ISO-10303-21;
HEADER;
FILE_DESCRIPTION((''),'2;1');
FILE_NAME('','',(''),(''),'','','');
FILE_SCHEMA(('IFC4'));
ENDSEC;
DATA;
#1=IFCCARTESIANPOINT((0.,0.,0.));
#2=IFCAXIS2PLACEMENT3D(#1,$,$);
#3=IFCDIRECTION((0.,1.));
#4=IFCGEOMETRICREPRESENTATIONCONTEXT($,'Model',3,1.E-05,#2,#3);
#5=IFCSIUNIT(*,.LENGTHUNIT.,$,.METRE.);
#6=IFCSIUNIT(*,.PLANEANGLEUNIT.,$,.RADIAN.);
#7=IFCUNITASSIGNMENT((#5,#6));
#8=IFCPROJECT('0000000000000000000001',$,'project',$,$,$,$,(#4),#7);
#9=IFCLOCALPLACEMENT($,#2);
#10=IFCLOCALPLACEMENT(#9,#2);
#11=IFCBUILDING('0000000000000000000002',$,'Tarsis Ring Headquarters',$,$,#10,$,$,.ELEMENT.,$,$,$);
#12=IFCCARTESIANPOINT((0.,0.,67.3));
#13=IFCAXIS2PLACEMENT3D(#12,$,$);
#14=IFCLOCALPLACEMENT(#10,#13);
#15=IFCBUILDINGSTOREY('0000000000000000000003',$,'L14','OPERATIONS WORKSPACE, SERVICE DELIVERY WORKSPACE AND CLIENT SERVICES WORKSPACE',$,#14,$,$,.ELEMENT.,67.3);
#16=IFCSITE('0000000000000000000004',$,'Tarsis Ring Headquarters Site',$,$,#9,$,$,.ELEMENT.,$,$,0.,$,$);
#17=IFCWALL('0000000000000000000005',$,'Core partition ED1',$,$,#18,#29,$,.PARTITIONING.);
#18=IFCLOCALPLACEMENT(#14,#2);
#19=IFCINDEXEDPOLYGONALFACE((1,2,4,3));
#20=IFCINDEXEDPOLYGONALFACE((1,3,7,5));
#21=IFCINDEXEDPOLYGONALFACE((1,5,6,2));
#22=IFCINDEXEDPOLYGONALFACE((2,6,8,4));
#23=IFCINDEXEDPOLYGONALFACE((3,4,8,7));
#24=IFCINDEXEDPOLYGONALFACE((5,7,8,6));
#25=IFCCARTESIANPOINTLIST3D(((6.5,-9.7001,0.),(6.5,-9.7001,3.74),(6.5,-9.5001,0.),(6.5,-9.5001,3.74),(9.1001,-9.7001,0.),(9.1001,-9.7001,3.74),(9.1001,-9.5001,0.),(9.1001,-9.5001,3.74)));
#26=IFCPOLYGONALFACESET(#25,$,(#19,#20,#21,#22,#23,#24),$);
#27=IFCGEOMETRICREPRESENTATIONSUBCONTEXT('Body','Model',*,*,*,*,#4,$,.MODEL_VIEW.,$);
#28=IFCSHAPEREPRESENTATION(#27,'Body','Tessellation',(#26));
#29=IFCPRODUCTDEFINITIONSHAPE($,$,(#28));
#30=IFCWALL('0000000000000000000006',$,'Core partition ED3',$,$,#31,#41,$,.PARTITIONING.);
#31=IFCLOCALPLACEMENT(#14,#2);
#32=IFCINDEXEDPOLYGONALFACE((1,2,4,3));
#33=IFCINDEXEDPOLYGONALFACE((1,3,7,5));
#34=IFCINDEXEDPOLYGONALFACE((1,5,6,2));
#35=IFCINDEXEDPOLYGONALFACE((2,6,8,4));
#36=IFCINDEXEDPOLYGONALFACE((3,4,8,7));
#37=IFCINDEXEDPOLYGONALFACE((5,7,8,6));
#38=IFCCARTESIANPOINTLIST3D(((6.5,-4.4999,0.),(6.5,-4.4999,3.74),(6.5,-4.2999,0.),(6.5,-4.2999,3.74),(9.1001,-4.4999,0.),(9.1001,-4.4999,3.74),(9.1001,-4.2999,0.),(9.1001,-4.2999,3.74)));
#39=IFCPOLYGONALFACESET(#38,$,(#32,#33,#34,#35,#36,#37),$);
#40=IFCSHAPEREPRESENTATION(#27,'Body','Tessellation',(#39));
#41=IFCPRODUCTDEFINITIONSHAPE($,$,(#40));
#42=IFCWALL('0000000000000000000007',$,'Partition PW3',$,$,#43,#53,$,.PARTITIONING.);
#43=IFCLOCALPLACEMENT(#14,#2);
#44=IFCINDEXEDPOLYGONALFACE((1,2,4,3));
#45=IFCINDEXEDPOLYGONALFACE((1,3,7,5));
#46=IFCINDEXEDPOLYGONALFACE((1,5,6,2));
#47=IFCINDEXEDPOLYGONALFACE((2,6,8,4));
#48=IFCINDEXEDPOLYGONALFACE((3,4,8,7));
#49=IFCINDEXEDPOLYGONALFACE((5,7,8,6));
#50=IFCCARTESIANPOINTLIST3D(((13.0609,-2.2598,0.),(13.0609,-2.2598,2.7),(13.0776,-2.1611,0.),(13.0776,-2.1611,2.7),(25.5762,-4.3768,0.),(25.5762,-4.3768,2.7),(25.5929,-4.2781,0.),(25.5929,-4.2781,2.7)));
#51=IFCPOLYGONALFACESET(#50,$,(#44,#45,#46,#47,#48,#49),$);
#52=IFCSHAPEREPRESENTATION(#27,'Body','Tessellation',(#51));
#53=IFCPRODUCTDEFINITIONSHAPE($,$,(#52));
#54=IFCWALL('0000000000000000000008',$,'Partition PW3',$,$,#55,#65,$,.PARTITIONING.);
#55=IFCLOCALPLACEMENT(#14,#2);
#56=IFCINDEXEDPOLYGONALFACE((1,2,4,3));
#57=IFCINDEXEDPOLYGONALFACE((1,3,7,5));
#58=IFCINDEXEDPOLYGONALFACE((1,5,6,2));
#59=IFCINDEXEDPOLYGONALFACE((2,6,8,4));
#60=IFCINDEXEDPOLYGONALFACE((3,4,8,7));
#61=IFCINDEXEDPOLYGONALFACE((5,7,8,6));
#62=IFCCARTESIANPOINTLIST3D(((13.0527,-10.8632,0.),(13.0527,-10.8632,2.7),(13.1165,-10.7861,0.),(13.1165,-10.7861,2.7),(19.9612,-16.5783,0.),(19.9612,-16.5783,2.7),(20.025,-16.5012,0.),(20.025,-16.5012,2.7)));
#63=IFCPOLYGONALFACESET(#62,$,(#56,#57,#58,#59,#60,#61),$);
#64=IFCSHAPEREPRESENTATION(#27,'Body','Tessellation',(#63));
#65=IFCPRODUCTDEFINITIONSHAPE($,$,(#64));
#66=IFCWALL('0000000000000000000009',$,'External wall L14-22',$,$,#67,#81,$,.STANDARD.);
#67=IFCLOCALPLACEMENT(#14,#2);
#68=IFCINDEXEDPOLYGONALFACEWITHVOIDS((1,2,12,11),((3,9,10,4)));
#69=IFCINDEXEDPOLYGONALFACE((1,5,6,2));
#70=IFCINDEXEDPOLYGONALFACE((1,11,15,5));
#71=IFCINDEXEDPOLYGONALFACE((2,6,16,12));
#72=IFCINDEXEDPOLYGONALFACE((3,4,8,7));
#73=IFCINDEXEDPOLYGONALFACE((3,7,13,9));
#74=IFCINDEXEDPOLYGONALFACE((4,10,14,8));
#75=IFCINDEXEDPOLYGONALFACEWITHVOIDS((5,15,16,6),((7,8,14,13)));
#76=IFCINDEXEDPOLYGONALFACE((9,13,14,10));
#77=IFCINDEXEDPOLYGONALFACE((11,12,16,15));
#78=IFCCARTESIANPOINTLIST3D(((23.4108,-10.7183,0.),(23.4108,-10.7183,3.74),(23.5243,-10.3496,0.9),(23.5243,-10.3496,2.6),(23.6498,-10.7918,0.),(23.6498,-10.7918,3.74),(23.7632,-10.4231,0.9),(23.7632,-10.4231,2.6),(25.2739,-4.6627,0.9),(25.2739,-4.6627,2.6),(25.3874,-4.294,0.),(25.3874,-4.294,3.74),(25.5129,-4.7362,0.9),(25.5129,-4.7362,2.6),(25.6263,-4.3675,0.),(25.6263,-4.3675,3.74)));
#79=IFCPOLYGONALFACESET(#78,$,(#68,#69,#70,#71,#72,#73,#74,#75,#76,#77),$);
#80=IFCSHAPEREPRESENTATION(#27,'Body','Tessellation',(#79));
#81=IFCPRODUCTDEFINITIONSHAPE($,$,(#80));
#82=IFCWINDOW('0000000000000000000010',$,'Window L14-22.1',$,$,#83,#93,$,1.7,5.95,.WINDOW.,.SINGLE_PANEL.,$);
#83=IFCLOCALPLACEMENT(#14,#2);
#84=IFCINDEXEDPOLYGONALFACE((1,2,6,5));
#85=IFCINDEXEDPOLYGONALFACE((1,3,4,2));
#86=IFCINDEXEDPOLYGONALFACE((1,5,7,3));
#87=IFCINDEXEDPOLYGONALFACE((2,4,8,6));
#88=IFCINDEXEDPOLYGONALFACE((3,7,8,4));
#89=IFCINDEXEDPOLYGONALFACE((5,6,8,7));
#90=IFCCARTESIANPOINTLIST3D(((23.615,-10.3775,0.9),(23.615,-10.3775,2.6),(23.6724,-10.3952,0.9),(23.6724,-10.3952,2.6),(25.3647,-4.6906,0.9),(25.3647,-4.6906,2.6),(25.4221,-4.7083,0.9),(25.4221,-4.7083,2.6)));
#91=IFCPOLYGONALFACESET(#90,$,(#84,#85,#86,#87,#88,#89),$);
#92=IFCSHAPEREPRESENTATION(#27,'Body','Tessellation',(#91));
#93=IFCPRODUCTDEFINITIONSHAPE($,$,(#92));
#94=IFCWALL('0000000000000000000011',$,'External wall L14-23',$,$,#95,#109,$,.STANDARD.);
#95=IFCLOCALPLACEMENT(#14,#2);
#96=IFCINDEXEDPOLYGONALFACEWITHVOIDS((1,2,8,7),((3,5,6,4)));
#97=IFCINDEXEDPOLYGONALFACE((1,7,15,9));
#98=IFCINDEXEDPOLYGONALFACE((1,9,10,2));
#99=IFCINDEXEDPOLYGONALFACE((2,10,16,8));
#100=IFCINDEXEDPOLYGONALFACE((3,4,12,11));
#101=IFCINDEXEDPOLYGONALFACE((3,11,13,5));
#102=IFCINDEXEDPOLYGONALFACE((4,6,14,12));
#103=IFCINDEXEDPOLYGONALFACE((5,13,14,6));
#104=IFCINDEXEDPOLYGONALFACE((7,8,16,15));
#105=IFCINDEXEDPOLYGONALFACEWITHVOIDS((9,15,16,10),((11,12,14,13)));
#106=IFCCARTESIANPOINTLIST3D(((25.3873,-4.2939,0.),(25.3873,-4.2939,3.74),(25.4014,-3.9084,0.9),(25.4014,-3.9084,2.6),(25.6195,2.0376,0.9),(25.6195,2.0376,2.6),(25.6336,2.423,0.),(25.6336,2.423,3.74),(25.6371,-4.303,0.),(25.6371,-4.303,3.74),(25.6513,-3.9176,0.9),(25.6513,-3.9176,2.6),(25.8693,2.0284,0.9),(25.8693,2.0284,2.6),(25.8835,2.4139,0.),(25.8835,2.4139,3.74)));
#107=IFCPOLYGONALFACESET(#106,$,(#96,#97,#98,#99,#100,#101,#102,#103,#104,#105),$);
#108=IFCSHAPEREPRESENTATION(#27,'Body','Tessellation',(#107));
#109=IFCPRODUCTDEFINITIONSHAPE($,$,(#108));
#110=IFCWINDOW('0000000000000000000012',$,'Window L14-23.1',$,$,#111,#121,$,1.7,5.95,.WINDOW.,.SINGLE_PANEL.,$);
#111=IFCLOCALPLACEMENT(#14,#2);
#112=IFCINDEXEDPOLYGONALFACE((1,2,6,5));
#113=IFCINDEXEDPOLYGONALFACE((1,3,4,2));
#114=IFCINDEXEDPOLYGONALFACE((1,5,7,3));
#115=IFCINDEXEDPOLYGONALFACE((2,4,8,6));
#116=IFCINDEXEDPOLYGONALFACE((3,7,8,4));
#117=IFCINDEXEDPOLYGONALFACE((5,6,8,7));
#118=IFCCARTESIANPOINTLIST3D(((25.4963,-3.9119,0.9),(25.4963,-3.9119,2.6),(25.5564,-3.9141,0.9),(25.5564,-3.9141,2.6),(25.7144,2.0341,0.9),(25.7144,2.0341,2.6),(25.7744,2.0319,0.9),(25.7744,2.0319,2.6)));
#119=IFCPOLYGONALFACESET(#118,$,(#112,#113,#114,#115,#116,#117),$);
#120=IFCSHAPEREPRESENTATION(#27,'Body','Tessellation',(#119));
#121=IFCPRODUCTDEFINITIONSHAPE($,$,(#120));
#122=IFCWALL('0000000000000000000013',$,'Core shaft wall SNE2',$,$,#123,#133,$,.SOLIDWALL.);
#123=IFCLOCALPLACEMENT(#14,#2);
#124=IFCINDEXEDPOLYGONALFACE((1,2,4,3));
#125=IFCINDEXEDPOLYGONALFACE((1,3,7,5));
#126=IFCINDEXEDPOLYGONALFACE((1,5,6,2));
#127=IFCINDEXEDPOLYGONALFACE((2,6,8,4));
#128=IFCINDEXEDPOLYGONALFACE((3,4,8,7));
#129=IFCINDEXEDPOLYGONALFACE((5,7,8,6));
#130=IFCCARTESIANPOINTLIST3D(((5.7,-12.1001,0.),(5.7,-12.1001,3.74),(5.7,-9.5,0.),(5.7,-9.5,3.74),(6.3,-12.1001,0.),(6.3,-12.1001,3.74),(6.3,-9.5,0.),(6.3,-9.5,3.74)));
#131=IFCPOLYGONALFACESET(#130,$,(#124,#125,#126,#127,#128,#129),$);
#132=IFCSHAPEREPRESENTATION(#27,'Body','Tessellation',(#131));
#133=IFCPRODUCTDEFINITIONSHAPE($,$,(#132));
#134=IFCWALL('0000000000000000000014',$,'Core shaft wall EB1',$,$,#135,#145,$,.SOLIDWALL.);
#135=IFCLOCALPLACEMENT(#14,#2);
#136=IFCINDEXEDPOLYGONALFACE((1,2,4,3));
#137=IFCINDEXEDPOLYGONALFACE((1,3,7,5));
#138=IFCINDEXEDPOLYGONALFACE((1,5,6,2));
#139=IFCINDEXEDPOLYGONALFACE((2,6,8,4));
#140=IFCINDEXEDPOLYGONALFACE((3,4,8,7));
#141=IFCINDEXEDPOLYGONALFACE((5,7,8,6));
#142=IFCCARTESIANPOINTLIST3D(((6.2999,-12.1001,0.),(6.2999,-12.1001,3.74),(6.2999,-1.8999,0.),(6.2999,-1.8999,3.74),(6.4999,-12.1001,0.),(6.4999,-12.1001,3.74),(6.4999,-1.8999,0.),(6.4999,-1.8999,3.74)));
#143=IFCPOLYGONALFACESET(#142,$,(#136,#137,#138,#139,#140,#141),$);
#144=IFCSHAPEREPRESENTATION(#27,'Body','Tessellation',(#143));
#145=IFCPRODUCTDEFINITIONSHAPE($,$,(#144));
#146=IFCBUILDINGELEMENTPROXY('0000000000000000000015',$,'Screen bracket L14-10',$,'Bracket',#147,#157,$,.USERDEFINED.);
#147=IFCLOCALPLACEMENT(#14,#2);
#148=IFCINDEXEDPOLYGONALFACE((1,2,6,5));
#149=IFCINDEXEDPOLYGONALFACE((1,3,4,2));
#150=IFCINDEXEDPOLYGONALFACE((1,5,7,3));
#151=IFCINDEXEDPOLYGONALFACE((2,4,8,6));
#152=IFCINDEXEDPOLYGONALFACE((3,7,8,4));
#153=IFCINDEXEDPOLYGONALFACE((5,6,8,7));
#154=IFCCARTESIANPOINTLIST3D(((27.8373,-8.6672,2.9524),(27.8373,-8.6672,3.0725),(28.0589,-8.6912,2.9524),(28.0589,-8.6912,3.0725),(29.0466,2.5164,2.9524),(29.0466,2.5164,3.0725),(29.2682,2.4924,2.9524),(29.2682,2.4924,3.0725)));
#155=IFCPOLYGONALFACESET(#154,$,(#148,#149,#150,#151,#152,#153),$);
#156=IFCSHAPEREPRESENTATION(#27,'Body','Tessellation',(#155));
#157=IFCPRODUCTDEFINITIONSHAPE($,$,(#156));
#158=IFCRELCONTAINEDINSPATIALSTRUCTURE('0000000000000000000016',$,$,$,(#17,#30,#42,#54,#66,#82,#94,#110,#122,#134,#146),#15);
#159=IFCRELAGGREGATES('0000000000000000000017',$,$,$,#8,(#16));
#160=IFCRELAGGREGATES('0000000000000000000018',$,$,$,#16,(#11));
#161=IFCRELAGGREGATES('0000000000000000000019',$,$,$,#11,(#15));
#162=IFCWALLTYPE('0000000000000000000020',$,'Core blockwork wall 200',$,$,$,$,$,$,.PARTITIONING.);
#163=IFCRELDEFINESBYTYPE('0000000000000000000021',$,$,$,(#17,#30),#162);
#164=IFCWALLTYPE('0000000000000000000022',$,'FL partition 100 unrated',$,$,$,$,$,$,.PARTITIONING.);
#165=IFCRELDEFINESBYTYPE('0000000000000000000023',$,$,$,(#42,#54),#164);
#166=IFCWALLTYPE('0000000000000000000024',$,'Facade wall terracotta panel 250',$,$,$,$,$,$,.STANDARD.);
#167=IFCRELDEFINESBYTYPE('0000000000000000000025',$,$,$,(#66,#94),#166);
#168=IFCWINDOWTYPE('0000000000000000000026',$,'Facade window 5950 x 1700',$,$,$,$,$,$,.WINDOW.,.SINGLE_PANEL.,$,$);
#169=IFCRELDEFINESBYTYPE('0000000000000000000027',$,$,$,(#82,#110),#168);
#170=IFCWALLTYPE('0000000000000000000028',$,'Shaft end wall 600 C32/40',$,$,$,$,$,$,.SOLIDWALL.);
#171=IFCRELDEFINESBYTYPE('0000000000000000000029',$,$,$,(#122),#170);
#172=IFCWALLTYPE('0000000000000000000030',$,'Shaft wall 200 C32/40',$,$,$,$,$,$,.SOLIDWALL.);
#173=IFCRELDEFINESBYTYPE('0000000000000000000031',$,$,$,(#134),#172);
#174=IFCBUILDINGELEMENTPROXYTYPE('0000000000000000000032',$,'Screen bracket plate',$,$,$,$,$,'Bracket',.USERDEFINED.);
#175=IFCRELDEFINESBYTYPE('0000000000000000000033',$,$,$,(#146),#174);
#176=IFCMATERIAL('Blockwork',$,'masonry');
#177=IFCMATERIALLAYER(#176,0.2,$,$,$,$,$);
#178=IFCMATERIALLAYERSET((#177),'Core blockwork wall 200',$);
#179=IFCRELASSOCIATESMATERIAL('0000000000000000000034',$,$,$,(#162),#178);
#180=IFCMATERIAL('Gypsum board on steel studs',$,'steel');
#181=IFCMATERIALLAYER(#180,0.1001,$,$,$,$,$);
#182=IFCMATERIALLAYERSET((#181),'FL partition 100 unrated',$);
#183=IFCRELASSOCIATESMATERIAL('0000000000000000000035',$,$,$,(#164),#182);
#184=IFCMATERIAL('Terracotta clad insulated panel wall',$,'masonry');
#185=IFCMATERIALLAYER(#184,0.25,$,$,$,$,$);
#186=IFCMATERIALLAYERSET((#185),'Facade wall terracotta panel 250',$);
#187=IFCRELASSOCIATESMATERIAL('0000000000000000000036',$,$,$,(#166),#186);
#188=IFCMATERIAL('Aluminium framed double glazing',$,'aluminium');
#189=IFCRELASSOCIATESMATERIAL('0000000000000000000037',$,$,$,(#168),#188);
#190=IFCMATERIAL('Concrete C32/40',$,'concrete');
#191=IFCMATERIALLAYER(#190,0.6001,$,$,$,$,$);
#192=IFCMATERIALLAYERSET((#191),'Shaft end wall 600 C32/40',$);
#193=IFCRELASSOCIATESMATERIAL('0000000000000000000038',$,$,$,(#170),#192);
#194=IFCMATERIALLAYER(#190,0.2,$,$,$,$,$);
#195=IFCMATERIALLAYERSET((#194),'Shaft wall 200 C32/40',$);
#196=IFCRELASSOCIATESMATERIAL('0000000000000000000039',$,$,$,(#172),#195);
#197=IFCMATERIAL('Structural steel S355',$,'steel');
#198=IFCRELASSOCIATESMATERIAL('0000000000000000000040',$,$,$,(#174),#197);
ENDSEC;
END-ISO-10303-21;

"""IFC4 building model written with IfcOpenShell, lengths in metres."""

from ifc_helpers import new_model, si_unit, direction, frame, frame_2d, origin, origin_2d, place, context, subcontext, project, spatial, rectangle, extrude, material, layer, layer_set, type_object, element, fill, save


model = new_model("IFC4")

# Units and contexts
model_context = context("Model", 3, precision=1e-05, world=origin(), true_north=direction((0.0, 1.0)))
body_context = subcontext(model_context, "Body", "Model", "MODEL_VIEW")
ifc_project = project(units=[si_unit("LENGTHUNIT", "METRE"), si_unit("PLANEANGLEUNIT", "RADIAN")], contexts=[model_context])

# Site, building, storey
site_placement = place(None, origin())
site = spatial("IfcSite", under=ifc_project, at=site_placement, Name="Tarsis Ring Headquarters Site", CompositionType="ELEMENT", RefElevation=0.0)
building_placement = place(site_placement, origin())
building = spatial("IfcBuilding", under=site, at=building_placement, Name="Tarsis Ring Headquarters", CompositionType="ELEMENT")
storey_placement = place(building_placement, frame((0.0, 0.0, 67.3)))
storey = spatial("IfcBuildingStorey", under=building, at=storey_placement, Name="L14", Description="OPERATIONS WORKSPACE, SERVICE DELIVERY WORKSPACE AND CLIENT SERVICES WORKSPACE", CompositionType="ELEMENT", Elevation=67.3)

# Shared definitions
ifc_material_1 = material(Name="Structural steel S355", Category="steel")

# Walls
ifc_material_2 = material(Name="Blockwork", Category="masonry")
ifc_layer_1 = layer(ifc_material_2, 0.2)
ifc_layer_set_1 = layer_set([ifc_layer_1], Name="Core blockwork wall 200")
wall_type_1 = type_object("IfcWallType", Name="Core blockwork wall 200", PredefinedType="PARTITIONING", material=ifc_layer_set_1)
for number, where, z_axis, x_axis, name in (
    (1, (6.5, -9.6001, 0.0), (0.0, 0.0, 1.0), (1.0, 0.0, 0.0), "Core partition ED1"),
    (2, (6.5, -4.3999, 0.0), (0.0, 0.0, 1.0), (1.0, 0.0, 0.0), "Core partition ED3"),
):
    element("IfcWall", number, at=place(storey_placement, frame(where, z_axis=z_axis, x_axis=x_axis)), inside=storey, type_object=wall_type_1, Name=name, PredefinedType="PARTITIONING", context=body_context, shape_type="SweptSolid", body=[
        extrude(rectangle(XDim=2.6001, YDim=0.2, at=frame_2d((1.3, 0.0))), origin(), (0.0, 0.0, 1.0), 3.74),
    ])
ifc_material_3 = material(Name="Gypsum board on steel studs", Category="steel")
ifc_layer_2 = layer(ifc_material_3, 0.1001)
ifc_layer_set_2 = layer_set([ifc_layer_2], Name="FL partition 100 unrated")
wall_type_2 = type_object("IfcWallType", Name="FL partition 100 unrated", PredefinedType="PARTITIONING", material=ifc_layer_set_2)
wall_1_placement = place(storey_placement, frame((13.0691, -2.2104, 0.0), z_axis=(0.0, 0.0, 1.0), x_axis=(0.985994, -0.166778, 0.0)))
element("IfcWall", 3, at=wall_1_placement, inside=storey, type_object=wall_type_2, Name="Partition PW3", PredefinedType="PARTITIONING", context=body_context, shape_type="SweptSolid", body=[
    extrude(rectangle(XDim=12.6931, YDim=0.1001, at=frame_2d((6.3467, 0.0))), origin(), (0.0, 0.0, 1.0), 2.7),
])
wall_2_placement = place(storey_placement, frame((13.0847, -10.8247, 0.0), z_axis=(0.0, 0.0, 1.0), x_axis=(0.770517, -0.637419, 0.0)))
element("IfcWall", 4, at=wall_2_placement, inside=storey, type_object=wall_type_2, Name="Partition PW3", PredefinedType="PARTITIONING", context=body_context, shape_type="SweptSolid", body=[
    extrude(rectangle(XDim=8.9661, YDim=0.1001, at=frame_2d((4.4829, 0.0))), origin(), (0.0, 0.0, 1.0), 2.7),
])

# Walls, openings, windows
ifc_material_4 = material(Name="Terracotta clad insulated panel wall", Category="masonry")
ifc_layer_3 = layer(ifc_material_4, 0.25)
ifc_layer_set_3 = layer_set([ifc_layer_3], Name="Facade wall terracotta panel 250")
wall_type_3 = type_object("IfcWallType", Name="Facade wall terracotta panel 250", PredefinedType="STANDARD", material=ifc_layer_set_3)
wall_3_placement = place(storey_placement, frame((23.5303, -10.7551, 0.0), z_axis=(0.0, 0.0, 1.0), x_axis=(0.294065, 0.955785, 0.0)))
wall_3 = element("IfcWall", 5, at=wall_3_placement, inside=storey, type_object=wall_type_3, Name="External wall L14-22", PredefinedType="STANDARD", context=body_context, shape_type="SweptSolid", body=[
    extrude(rectangle(XDim=6.7214, YDim=0.25, at=frame_2d((3.3608, 0.0))), origin(), (0.0, 0.0, 1.0), 3.74),
])
opening_1_placement = place(wall_3_placement, frame((0.3857, 0.0, 0.8999)))
opening_1 = element("IfcOpeningElement", 6, at=opening_1_placement, cuts=wall_3, PredefinedType="OPENING", context=body_context, shape_type="SweptSolid", body=[
    extrude(rectangle(XDim=5.95, YDim=1.7, at=frame_2d((2.9751, 0.8501))), frame((0.0, 0.135, 0.0), z_axis=(0.0, -1.0, 0.0), x_axis=(1.0, 0.0, 0.0)), (0.0, 0.0, 1.0), 0.27),
])
ifc_material_5 = material(Name="Aluminium framed double glazing", Category="aluminium")
window_type = type_object("IfcWindowType", Name="Facade window 5950 x 1700", PartitioningType="SINGLE_PANEL", PredefinedType="WINDOW", material=ifc_material_5)
window_1_placement = place(opening_1_placement, origin())
window_1 = element("IfcWindow", 7, at=window_1_placement, inside=storey, type_object=window_type, Name="Window L14-22.1", OverallHeight=1.7, OverallWidth=5.95, PartitioningType="SINGLE_PANEL", PredefinedType="WINDOW", context=body_context, shape_type="SweptSolid", body=[
    extrude(rectangle(XDim=5.95, YDim=1.7, at=frame_2d((2.9751, 0.8501))), frame((0.0, 0.03, 0.0), z_axis=(0.0, -1.0, 0.0), x_axis=(1.0, 0.0, 0.0)), (0.0, 0.0, 1.0), 0.0601),
])
fill(opening_1, window_1)
wall_4_placement = place(storey_placement, frame((25.5122, -4.2986, 0.0), z_axis=(0.0, 0.0, 1.0), x_axis=(0.036649, 0.999328, 0.0)))
wall_4 = element("IfcWall", 8, at=wall_4_placement, inside=storey, type_object=wall_type_3, Name="External wall L14-23", PredefinedType="STANDARD", context=body_context, shape_type="SweptSolid", body=[
    extrude(rectangle(XDim=6.7214, YDim=0.25, at=frame_2d((3.3608, 0.0))), origin(), (0.0, 0.0, 1.0), 3.74),
])
opening_2_placement = place(wall_4_placement, frame((0.3857, 0.0, 0.8999)))
opening_2 = element("IfcOpeningElement", 9, at=opening_2_placement, cuts=wall_4, PredefinedType="OPENING", context=body_context, shape_type="SweptSolid", body=[
    extrude(rectangle(XDim=5.95, YDim=1.7, at=frame_2d((2.9751, 0.8501))), frame((0.0, 0.135, 0.0), z_axis=(0.0, -1.0, 0.0), x_axis=(1.0, 0.0, 0.0)), (0.0, 0.0, 1.0), 0.27),
])
window_2_placement = place(opening_2_placement, origin())
window_2 = element("IfcWindow", 10, at=window_2_placement, inside=storey, type_object=window_type, Name="Window L14-23.1", OverallHeight=1.7, OverallWidth=5.95, PartitioningType="SINGLE_PANEL", PredefinedType="WINDOW", context=body_context, shape_type="SweptSolid", body=[
    extrude(rectangle(XDim=5.95, YDim=1.7, at=frame_2d((2.9751, 0.8501))), frame((0.0, 0.03, 0.0), z_axis=(0.0, -1.0, 0.0), x_axis=(1.0, 0.0, 0.0)), (0.0, 0.0, 1.0), 0.0601),
])
fill(opening_2, window_2)

# Walls
ifc_material_6 = material(Name="Concrete C32/40", Category="concrete")
ifc_layer_4 = layer(ifc_material_6, 0.6001)
ifc_layer_set_4 = layer_set([ifc_layer_4], Name="Shaft end wall 600 C32/40")
wall_type_4 = type_object("IfcWallType", Name="Shaft end wall 600 C32/40", PredefinedType="SOLIDWALL", material=ifc_layer_set_4)
wall_5_placement = place(storey_placement, frame((6.0, -12.1001, 0.0), z_axis=(0.0, 0.0, 1.0), x_axis=(0.0, 1.0, 0.0)))
element("IfcWall", 11, at=wall_5_placement, inside=storey, type_object=wall_type_4, Name="Core shaft wall SNE2", PredefinedType="SOLIDWALL", context=body_context, shape_type="SweptSolid", body=[
    extrude(rectangle(XDim=2.6001, YDim=0.6001, at=frame_2d((1.3, 0.0))), origin(), (0.0, 0.0, 1.0), 3.74),
])
ifc_layer_5 = layer(ifc_material_6, 0.2)
ifc_layer_set_5 = layer_set([ifc_layer_5], Name="Shaft wall 200 C32/40")
wall_type_5 = type_object("IfcWallType", Name="Shaft wall 200 C32/40", PredefinedType="SOLIDWALL", material=ifc_layer_set_5)
wall_6_placement = place(storey_placement, frame((6.3999, -12.1001, 0.0), z_axis=(0.0, 0.0, 1.0), x_axis=(0.0, 1.0, 0.0)))
element("IfcWall", 12, at=wall_6_placement, inside=storey, type_object=wall_type_5, Name="Core shaft wall EB1", PredefinedType="SOLIDWALL", context=body_context, shape_type="SweptSolid", body=[
    extrude(rectangle(XDim=10.2002, YDim=0.2, at=frame_2d((5.1001, 0.0))), origin(), (0.0, 0.0, 1.0), 3.74),
])

# Building element proxy
building_element_proxy_type = type_object("IfcBuildingElementProxyType", Name="Screen bracket plate", ElementType="Bracket", PredefinedType="USERDEFINED", material=ifc_material_1)
proxy_placement = place(storey_placement, frame((28.5527, -3.0874, 2.9524), z_axis=(0.0, 0.0, 1.0), x_axis=(0.1075, 0.994205, 0.0)))
element("IfcBuildingElementProxy", 13, at=proxy_placement, inside=storey, type_object=building_element_proxy_type, Name="Screen bracket L14-10", ObjectType="Bracket", PredefinedType="USERDEFINED", context=body_context, shape_type="SweptSolid", body=[
    extrude(rectangle(XDim=11.2488, YDim=0.2229, at=origin_2d()), origin(), (0.0, 0.0, 1.0), 0.1201),
])

save(model, "model.ifc")
